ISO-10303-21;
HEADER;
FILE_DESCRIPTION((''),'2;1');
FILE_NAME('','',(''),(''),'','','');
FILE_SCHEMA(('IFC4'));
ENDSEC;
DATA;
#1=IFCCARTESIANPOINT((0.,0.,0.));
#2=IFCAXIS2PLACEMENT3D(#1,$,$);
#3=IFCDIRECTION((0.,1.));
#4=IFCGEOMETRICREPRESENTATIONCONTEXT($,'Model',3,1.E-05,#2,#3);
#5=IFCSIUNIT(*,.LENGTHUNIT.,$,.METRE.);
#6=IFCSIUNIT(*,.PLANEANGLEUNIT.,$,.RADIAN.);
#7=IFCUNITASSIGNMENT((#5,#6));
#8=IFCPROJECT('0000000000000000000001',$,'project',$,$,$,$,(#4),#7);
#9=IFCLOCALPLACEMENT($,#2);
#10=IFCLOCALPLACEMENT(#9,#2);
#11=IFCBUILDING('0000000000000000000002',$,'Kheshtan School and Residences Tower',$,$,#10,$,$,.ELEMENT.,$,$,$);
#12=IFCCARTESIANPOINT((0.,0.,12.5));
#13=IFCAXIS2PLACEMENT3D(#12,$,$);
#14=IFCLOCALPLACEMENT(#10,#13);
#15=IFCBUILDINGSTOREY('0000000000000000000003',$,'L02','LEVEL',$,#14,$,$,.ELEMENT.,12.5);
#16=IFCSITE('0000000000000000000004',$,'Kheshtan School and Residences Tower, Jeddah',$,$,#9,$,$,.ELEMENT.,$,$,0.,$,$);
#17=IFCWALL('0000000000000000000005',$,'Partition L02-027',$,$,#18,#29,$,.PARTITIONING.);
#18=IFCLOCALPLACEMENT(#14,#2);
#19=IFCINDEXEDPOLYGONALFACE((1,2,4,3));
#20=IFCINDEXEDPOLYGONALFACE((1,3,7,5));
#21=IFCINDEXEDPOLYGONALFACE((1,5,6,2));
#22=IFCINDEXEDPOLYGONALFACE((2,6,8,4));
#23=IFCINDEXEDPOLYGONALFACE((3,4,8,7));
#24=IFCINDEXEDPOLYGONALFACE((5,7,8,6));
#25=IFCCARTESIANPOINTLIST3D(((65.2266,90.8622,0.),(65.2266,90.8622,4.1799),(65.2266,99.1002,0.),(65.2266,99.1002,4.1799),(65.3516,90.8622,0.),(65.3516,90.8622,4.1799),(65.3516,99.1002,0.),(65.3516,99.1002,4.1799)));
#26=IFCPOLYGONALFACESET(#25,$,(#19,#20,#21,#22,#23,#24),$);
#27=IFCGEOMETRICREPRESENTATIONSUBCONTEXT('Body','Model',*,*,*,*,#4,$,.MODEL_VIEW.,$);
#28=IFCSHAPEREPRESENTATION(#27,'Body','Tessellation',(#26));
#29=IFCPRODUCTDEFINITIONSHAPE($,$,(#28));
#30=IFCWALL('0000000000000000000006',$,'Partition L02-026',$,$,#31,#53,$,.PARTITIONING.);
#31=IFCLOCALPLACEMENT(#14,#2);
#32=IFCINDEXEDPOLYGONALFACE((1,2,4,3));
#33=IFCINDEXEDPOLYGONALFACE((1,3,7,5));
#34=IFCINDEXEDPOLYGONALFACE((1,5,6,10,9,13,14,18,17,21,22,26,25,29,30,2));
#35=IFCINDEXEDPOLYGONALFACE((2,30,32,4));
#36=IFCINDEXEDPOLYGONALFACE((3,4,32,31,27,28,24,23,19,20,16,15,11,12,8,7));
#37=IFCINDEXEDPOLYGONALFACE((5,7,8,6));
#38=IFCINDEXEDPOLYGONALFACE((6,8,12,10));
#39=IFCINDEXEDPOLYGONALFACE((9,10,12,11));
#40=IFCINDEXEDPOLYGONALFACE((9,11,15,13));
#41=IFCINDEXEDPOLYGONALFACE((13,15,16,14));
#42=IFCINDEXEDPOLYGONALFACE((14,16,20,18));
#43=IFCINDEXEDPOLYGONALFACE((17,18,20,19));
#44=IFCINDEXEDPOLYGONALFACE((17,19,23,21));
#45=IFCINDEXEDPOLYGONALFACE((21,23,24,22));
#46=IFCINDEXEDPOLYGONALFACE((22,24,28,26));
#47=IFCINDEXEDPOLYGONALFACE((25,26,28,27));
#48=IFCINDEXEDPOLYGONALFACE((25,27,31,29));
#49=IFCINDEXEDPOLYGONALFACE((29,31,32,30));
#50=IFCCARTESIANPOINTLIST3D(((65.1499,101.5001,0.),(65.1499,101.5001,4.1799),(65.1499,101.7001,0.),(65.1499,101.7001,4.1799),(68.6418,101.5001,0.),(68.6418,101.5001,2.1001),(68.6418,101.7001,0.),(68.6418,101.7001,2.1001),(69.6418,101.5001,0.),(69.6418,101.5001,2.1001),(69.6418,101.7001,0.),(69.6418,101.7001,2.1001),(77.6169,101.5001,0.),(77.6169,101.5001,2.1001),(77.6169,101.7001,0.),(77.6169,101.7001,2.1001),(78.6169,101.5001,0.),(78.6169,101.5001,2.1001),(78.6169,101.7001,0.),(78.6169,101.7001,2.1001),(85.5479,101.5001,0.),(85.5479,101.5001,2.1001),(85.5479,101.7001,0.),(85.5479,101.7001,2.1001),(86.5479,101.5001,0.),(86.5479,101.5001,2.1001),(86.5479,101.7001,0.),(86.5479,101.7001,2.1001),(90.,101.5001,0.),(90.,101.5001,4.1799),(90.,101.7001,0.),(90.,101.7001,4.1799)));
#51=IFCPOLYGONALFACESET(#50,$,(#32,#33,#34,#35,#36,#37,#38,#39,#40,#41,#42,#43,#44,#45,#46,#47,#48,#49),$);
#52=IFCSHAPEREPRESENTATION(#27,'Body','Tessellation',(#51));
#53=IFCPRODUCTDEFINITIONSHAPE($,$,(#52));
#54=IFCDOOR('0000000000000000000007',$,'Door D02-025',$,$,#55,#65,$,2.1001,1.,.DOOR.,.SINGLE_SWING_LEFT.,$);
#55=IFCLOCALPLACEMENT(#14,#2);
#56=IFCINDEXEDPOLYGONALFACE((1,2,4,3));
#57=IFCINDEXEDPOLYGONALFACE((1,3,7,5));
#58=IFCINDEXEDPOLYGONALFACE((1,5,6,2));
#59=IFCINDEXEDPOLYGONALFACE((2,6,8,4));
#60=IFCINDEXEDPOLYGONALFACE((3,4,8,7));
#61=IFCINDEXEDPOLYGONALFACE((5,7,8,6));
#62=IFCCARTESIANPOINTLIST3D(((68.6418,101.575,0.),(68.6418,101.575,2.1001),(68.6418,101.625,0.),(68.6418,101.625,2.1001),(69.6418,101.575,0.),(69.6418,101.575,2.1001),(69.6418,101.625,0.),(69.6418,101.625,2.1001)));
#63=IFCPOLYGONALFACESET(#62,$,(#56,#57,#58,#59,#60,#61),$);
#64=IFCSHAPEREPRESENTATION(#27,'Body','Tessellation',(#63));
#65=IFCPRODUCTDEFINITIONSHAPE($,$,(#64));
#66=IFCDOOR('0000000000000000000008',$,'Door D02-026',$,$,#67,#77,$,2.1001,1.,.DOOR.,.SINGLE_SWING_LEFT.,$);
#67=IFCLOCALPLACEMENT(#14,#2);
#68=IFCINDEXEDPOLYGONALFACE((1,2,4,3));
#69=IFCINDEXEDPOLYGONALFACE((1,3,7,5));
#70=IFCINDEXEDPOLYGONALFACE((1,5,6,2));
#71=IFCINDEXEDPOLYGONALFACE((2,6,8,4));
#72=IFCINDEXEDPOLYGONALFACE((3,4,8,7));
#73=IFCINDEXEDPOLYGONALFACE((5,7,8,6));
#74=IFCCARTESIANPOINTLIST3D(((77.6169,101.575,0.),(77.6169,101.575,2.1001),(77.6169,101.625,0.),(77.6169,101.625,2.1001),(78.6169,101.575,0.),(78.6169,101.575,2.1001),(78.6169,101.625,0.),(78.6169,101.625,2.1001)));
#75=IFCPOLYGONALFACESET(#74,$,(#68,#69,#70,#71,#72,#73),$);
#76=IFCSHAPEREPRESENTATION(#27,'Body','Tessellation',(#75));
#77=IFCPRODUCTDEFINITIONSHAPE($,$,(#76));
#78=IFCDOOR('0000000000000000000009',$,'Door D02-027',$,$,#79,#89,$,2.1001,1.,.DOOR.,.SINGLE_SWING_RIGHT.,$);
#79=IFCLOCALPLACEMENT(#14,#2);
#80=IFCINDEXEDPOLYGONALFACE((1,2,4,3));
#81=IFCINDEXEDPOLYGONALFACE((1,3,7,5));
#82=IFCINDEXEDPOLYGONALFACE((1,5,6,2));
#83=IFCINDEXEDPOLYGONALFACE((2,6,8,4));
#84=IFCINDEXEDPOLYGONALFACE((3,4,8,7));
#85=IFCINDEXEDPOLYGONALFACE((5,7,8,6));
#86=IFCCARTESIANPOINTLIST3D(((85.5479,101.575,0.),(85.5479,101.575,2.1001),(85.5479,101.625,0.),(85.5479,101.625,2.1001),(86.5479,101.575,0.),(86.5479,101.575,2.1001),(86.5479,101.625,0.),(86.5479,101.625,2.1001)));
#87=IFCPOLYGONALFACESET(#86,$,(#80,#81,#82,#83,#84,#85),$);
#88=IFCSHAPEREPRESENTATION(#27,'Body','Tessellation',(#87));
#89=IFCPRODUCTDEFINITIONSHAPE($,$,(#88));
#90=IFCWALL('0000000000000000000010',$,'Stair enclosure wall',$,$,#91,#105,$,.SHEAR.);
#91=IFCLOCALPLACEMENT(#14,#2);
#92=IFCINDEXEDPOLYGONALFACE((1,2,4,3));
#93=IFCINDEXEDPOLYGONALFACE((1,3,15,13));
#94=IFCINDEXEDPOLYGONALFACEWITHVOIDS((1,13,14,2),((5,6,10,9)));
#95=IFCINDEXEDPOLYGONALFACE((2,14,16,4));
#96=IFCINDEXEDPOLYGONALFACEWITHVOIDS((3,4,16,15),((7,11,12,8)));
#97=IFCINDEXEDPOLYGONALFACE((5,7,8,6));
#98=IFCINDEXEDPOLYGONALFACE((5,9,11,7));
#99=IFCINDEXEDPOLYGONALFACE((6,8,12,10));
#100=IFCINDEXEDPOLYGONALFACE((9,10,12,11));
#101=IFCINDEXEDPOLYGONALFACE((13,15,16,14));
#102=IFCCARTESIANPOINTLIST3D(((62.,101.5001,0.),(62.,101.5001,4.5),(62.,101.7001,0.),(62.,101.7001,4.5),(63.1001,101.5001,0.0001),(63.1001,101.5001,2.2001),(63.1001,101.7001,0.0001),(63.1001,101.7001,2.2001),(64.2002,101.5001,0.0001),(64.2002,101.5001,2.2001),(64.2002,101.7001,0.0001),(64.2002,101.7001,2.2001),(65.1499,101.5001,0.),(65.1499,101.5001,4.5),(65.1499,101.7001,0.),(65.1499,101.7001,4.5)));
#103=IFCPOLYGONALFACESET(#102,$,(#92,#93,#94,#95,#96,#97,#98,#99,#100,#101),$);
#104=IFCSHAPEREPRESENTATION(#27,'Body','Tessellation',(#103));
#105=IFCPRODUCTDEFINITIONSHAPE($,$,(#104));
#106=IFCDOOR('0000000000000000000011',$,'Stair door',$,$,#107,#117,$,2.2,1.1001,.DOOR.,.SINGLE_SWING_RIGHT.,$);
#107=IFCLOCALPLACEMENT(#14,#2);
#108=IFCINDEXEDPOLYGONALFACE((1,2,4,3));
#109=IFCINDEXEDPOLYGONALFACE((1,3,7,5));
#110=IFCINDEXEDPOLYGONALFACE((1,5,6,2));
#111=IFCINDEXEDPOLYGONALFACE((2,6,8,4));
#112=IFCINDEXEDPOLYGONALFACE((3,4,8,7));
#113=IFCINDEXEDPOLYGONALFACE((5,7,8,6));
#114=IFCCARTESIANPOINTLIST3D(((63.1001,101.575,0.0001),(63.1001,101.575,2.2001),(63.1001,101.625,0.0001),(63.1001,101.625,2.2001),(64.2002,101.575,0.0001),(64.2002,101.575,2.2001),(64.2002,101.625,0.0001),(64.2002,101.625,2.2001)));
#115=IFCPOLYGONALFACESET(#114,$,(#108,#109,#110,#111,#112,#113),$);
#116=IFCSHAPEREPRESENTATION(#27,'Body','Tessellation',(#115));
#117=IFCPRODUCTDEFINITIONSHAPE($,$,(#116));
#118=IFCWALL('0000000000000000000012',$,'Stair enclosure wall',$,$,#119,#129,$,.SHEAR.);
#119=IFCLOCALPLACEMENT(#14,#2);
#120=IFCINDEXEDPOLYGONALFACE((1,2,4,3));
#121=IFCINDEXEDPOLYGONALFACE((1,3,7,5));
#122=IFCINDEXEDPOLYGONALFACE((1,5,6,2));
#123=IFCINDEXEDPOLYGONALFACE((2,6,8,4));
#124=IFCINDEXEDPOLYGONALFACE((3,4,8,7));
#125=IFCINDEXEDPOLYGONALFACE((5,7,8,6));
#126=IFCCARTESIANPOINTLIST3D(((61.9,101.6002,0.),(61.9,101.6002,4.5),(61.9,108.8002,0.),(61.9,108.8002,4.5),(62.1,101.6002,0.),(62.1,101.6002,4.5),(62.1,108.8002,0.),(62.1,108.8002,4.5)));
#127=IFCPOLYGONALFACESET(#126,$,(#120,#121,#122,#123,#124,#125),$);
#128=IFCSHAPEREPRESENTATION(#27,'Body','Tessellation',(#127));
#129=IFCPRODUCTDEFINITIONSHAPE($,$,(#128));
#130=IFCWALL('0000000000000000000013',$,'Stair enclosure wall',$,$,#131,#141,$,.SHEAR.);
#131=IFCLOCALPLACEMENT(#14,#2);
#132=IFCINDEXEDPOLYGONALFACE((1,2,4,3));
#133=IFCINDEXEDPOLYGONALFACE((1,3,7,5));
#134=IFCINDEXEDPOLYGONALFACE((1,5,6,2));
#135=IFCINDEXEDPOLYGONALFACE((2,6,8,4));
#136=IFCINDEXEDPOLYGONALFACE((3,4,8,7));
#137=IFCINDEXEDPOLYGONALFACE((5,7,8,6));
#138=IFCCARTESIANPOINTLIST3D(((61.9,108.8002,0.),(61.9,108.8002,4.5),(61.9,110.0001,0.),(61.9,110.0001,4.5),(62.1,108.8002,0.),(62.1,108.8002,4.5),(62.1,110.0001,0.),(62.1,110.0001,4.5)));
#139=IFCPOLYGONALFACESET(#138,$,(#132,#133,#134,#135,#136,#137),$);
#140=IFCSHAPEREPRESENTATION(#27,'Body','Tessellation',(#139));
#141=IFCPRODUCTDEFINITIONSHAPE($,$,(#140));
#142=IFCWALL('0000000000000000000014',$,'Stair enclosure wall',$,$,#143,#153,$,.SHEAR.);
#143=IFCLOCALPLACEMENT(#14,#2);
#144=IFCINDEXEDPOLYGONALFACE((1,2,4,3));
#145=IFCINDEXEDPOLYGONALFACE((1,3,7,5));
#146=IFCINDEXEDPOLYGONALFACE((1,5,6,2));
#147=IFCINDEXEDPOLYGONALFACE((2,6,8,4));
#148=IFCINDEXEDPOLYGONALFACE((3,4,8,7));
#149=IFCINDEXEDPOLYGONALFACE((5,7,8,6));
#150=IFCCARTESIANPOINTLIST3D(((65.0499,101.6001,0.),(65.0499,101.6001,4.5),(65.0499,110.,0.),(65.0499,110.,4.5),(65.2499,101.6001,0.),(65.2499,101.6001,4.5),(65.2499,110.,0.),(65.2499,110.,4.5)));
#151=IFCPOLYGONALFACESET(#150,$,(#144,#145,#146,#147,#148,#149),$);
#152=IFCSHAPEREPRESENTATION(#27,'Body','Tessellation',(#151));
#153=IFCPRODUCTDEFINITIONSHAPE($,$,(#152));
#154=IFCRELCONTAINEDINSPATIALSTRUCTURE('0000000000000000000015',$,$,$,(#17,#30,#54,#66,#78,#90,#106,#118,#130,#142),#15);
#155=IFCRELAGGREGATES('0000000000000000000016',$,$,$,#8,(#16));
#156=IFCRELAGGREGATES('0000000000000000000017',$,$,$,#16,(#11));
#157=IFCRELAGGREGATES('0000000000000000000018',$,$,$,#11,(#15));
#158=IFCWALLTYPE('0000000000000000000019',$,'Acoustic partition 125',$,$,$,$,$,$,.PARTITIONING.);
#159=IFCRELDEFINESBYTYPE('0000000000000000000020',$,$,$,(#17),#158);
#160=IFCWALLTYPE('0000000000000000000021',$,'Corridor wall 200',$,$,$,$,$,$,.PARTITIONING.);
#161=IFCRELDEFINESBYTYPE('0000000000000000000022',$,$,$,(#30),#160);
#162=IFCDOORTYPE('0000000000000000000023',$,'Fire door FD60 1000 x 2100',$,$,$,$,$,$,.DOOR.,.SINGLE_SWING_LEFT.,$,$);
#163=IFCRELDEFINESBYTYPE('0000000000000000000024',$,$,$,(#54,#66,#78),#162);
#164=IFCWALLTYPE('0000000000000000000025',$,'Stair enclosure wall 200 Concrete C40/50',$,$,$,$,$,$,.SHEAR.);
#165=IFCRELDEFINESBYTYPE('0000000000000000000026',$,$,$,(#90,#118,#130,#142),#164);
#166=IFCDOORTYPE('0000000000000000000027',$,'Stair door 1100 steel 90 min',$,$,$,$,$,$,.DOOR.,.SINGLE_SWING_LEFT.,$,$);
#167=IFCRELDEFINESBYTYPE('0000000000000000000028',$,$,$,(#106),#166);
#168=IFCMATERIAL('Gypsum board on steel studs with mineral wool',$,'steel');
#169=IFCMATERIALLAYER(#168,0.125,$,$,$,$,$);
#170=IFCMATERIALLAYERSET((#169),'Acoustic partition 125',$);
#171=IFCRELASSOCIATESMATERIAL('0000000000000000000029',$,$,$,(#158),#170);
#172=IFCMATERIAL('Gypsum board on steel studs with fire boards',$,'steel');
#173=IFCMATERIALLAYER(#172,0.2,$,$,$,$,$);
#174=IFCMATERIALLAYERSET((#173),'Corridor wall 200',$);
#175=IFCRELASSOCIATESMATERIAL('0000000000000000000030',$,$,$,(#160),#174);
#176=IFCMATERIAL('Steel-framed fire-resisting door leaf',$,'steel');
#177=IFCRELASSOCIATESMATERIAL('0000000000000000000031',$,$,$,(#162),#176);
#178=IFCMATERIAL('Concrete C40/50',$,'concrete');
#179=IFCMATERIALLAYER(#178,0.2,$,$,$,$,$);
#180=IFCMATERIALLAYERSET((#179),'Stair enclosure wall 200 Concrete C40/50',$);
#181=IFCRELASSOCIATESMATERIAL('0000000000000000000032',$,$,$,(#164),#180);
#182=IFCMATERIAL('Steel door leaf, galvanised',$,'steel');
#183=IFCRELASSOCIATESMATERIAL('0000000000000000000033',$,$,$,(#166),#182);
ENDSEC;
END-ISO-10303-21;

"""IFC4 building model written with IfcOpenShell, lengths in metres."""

from ifc_helpers import new_model, si_unit, direction, frame, frame_2d, origin, place, context, subcontext, project, spatial, rectangle, extrude, source, transform, mapped, material, layer, layer_set, type_object, element, fill, save


model = new_model("IFC4")

# Units and contexts
model_context = context("Model", 3, precision=1e-05, world=origin(), true_north=direction((0.0, 1.0)))
body_context = subcontext(model_context, "Body", "Model", "MODEL_VIEW")
ifc_project = project(units=[si_unit("LENGTHUNIT", "METRE"), si_unit("PLANEANGLEUNIT", "RADIAN")], contexts=[model_context])

# Site, building, storey
site_placement = place(None, origin())
site = spatial("IfcSite", under=ifc_project, at=site_placement, Name="Kheshtan School and Residences Tower, Jeddah", CompositionType="ELEMENT", RefElevation=0.0)
building_placement = place(site_placement, origin())
building = spatial("IfcBuilding", under=site, at=building_placement, Name="Kheshtan School and Residences Tower", CompositionType="ELEMENT")
storey_placement = place(building_placement, frame((0.0, 0.0, 12.5)))
storey = spatial("IfcBuildingStorey", under=building, at=storey_placement, Name="L02", Description="LEVEL", CompositionType="ELEMENT", Elevation=12.5)

# Wall
ifc_material_1 = material(Name="Gypsum board on steel studs with mineral wool", Category="steel")
ifc_layer_1 = layer(ifc_material_1, 0.125)
ifc_layer_set_1 = layer_set([ifc_layer_1], Name="Acoustic partition 125")
wall_type_1 = type_object("IfcWallType", Name="Acoustic partition 125", PredefinedType="PARTITIONING", material=ifc_layer_set_1)
wall_1_placement = place(storey_placement, frame((65.2891, 90.8621, 0.0), z_axis=(0.0, 0.0, 1.0), x_axis=(0.0, 1.0, 0.0)))
element("IfcWall", 1, at=wall_1_placement, inside=storey, type_object=wall_type_1, Name="Partition L02-027", PredefinedType="PARTITIONING", context=body_context, shape_type="SweptSolid", body=[
    extrude(rectangle(XDim=8.238, YDim=0.125, at=frame_2d((4.1191, 0.0))), origin(), (0.0, 0.0, 1.0), 4.1799),
])

# Wall, openings, doors
ifc_material_2 = material(Name="Gypsum board on steel studs with fire boards", Category="steel")
ifc_layer_2 = layer(ifc_material_2, 0.2)
ifc_layer_set_2 = layer_set([ifc_layer_2], Name="Corridor wall 200")
wall_type_2 = type_object("IfcWallType", Name="Corridor wall 200", PredefinedType="PARTITIONING", material=ifc_layer_set_2)
wall_2_placement = place(storey_placement, frame((65.1499, 101.6001, 0.0), z_axis=(0.0, 0.0, 1.0), x_axis=(1.0, 0.0, 0.0)))
wall_2 = element("IfcWall", 2, at=wall_2_placement, inside=storey, type_object=wall_type_2, Name="Partition L02-026", PredefinedType="PARTITIONING", context=body_context, shape_type="SweptSolid", body=[
    extrude(rectangle(XDim=24.8501, YDim=0.2, at=frame_2d((12.425, 0.0))), origin(), (0.0, 0.0, 1.0), 4.1799),
])
opening_1_placement = place(wall_2_placement, frame((3.4919, 0.0, 0.0)))
opening_1 = element("IfcOpeningElement", 3, at=opening_1_placement, cuts=wall_2, PredefinedType="OPENING", context=body_context, shape_type="SweptSolid", body=[
    extrude(rectangle(XDim=1.0, YDim=2.1001, at=frame_2d((0.5, 1.05))), frame((0.0, 0.1099, 0.0), z_axis=(0.0, -1.0, 0.0), x_axis=(1.0, 0.0, 0.0)), (0.0, 0.0, 1.0), 0.22),
])
opening_2_placement = place(wall_2_placement, frame((12.467, 0.0, 0.0)))
opening_2 = element("IfcOpeningElement", 4, at=opening_2_placement, cuts=wall_2, PredefinedType="OPENING", context=body_context, shape_type="SweptSolid", body=[
    extrude(rectangle(XDim=1.0, YDim=2.1001, at=frame_2d((0.5, 1.05))), frame((0.0, 0.1099, 0.0), z_axis=(0.0, -1.0, 0.0), x_axis=(1.0, 0.0, 0.0)), (0.0, 0.0, 1.0), 0.22),
])
opening_3_placement = place(wall_2_placement, frame((20.3979, 0.0, 0.0)))
opening_3 = element("IfcOpeningElement", 5, at=opening_3_placement, cuts=wall_2, PredefinedType="OPENING", context=body_context, shape_type="SweptSolid", body=[
    extrude(rectangle(XDim=1.0, YDim=2.1001, at=frame_2d((0.5, 1.05))), frame((0.0, 0.1099, 0.0), z_axis=(0.0, -1.0, 0.0), x_axis=(1.0, 0.0, 0.0)), (0.0, 0.0, 1.0), 0.22),
])
ifc_material_3 = material(Name="Steel-framed fire-resisting door leaf", Category="steel")
door_type_1 = type_object("IfcDoorType", Name="Fire door FD60 1000 x 2100", OperationType="SINGLE_SWING_LEFT", PredefinedType="DOOR", material=ifc_material_3)
shared_shape_1 = source(origin(), body_context, "Body", "SweptSolid", [
    extrude(rectangle(XDim=1.0, YDim=2.1001, at=frame_2d((0.5, 1.05))), frame((0.0, 0.0249, 0.0), z_axis=(0.0, -1.0, 0.0), x_axis=(1.0, 0.0, 0.0)), (0.0, 0.0, 1.0), 0.05),
])
door_1_placement = place(opening_1_placement, origin())
door_1 = element("IfcDoor", 6, at=door_1_placement, inside=storey, type_object=door_type_1, Name="Door D02-025", OperationType="SINGLE_SWING_LEFT", OverallHeight=2.1001, OverallWidth=1.0, PredefinedType="DOOR", context=body_context, shape_type="MappedRepresentation", body=[
    mapped(shared_shape_1, transform((0.0, 0.0, 0.0), x_axis=(1.0, 0.0, 0.0), y_axis=(0.0, 1.0, 0.0), z_axis=(0.0, 0.0, 1.0), scale=1.0)),
])
fill(opening_1, door_1)
door_2_placement = place(opening_2_placement, origin())
door_2 = element("IfcDoor", 7, at=door_2_placement, inside=storey, type_object=door_type_1, Name="Door D02-026", OperationType="SINGLE_SWING_LEFT", OverallHeight=2.1001, OverallWidth=1.0, PredefinedType="DOOR", context=body_context, shape_type="MappedRepresentation", body=[
    mapped(shared_shape_1, transform((0.0, 0.0, 0.0), x_axis=(1.0, 0.0, 0.0), y_axis=(0.0, 1.0, 0.0), z_axis=(0.0, 0.0, 1.0), scale=1.0)),
])
fill(opening_2, door_2)
door_3_placement = place(opening_3_placement, origin())
door_3 = element("IfcDoor", 8, at=door_3_placement, inside=storey, type_object=door_type_1, Name="Door D02-027", OperationType="SINGLE_SWING_RIGHT", OverallHeight=2.1001, OverallWidth=1.0, PredefinedType="DOOR", context=body_context, shape_type="MappedRepresentation", body=[
    mapped(shared_shape_1, transform((0.0, 0.0, 0.0), x_axis=(1.0, 0.0, 0.0), y_axis=(0.0, 1.0, 0.0), z_axis=(0.0, 0.0, 1.0), scale=1.0)),
])
fill(opening_3, door_3)

# Wall, opening, door
ifc_material_4 = material(Name="Concrete C40/50", Category="concrete")
ifc_layer_3 = layer(ifc_material_4, 0.2)
ifc_layer_set_3 = layer_set([ifc_layer_3], Name="Stair enclosure wall 200 Concrete C40/50")
wall_type_3 = type_object("IfcWallType", Name="Stair enclosure wall 200 Concrete C40/50", PredefinedType="SHEAR", material=ifc_layer_set_3)
wall_3_placement = place(storey_placement, frame((62.0, 101.6001, 0.0), z_axis=(0.0, 0.0, 1.0), x_axis=(1.0, 0.0, 0.0)))
wall_3 = element("IfcWall", 9, at=wall_3_placement, inside=storey, type_object=wall_type_3, Name="Stair enclosure wall", PredefinedType="SHEAR", context=body_context, shape_type="SweptSolid", body=[
    extrude(rectangle(XDim=3.1499, YDim=0.2, at=frame_2d((1.575, 0.0))), origin(), (0.0, 0.0, 1.0), 4.5),
])
opening_4_placement = place(wall_3_placement, frame((1.1001, 0.0, 0.0)))
opening_4 = element("IfcOpeningElement", 10, at=opening_4_placement, cuts=wall_3, PredefinedType="OPENING", context=body_context, shape_type="SweptSolid", body=[
    extrude(rectangle(XDim=1.1001, YDim=2.2, at=frame_2d((0.55, 1.1001))), frame((0.0, 0.1099, 0.0), z_axis=(0.0, -1.0, 0.0), x_axis=(1.0, 0.0, 0.0)), (0.0, 0.0, 1.0), 0.22),
])
ifc_material_5 = material(Name="Steel door leaf, galvanised", Category="steel")
door_type_2 = type_object("IfcDoorType", Name="Stair door 1100 steel 90 min", OperationType="SINGLE_SWING_LEFT", PredefinedType="DOOR", material=ifc_material_5)
shared_shape_2 = source(origin(), body_context, "Body", "SweptSolid", [
    extrude(rectangle(XDim=1.1001, YDim=2.2, at=frame_2d((0.55, 1.1001))), frame((0.0, 0.0249, 0.0), z_axis=(0.0, -1.0, 0.0), x_axis=(1.0, 0.0, 0.0)), (0.0, 0.0, 1.0), 0.05),
])
door_4_placement = place(opening_4_placement, origin())
door_4 = element("IfcDoor", 11, at=door_4_placement, inside=storey, type_object=door_type_2, Name="Stair door", OperationType="SINGLE_SWING_RIGHT", OverallHeight=2.2, OverallWidth=1.1001, PredefinedType="DOOR", context=body_context, shape_type="MappedRepresentation", body=[
    mapped(shared_shape_2, transform((0.0, 0.0, 0.0), x_axis=(1.0, 0.0, 0.0), y_axis=(0.0, 1.0, 0.0), z_axis=(0.0, 0.0, 1.0), scale=1.0)),
])
fill(opening_4, door_4)

# Walls
wall_4_placement = place(storey_placement, frame((62.0, 101.6001, 0.0), z_axis=(0.0, 0.0, 1.0), x_axis=(0.0, 1.0, 0.0)))
element("IfcWall", 12, at=wall_4_placement, inside=storey, type_object=wall_type_3, Name="Stair enclosure wall", PredefinedType="SHEAR", context=body_context, shape_type="SweptSolid", body=[
    extrude(rectangle(XDim=7.2, YDim=0.2, at=frame_2d((3.6001, 0.0))), origin(), (0.0, 0.0, 1.0), 4.5),
])
wall_5_placement = place(storey_placement, frame((62.0, 108.8, 0.0), z_axis=(0.0, 0.0, 1.0), x_axis=(0.0, 1.0, 0.0)))
element("IfcWall", 13, at=wall_5_placement, inside=storey, type_object=wall_type_3, Name="Stair enclosure wall", PredefinedType="SHEAR", context=body_context, shape_type="SweptSolid", body=[
    extrude(rectangle(XDim=1.2, YDim=0.2, at=frame_2d((0.6001, 0.0))), origin(), (0.0, 0.0, 1.0), 4.5),
])
wall_6_placement = place(storey_placement, frame((65.1499, 101.6001, 0.0), z_axis=(0.0, 0.0, 1.0), x_axis=(0.0, 1.0, 0.0)))
element("IfcWall", 14, at=wall_6_placement, inside=storey, type_object=wall_type_3, Name="Stair enclosure wall", PredefinedType="SHEAR", context=body_context, shape_type="SweptSolid", body=[
    extrude(rectangle(XDim=8.3999, YDim=0.2, at=frame_2d((4.2, 0.0))), origin(), (0.0, 0.0, 1.0), 4.5),
])

save(model, "model.ifc")
